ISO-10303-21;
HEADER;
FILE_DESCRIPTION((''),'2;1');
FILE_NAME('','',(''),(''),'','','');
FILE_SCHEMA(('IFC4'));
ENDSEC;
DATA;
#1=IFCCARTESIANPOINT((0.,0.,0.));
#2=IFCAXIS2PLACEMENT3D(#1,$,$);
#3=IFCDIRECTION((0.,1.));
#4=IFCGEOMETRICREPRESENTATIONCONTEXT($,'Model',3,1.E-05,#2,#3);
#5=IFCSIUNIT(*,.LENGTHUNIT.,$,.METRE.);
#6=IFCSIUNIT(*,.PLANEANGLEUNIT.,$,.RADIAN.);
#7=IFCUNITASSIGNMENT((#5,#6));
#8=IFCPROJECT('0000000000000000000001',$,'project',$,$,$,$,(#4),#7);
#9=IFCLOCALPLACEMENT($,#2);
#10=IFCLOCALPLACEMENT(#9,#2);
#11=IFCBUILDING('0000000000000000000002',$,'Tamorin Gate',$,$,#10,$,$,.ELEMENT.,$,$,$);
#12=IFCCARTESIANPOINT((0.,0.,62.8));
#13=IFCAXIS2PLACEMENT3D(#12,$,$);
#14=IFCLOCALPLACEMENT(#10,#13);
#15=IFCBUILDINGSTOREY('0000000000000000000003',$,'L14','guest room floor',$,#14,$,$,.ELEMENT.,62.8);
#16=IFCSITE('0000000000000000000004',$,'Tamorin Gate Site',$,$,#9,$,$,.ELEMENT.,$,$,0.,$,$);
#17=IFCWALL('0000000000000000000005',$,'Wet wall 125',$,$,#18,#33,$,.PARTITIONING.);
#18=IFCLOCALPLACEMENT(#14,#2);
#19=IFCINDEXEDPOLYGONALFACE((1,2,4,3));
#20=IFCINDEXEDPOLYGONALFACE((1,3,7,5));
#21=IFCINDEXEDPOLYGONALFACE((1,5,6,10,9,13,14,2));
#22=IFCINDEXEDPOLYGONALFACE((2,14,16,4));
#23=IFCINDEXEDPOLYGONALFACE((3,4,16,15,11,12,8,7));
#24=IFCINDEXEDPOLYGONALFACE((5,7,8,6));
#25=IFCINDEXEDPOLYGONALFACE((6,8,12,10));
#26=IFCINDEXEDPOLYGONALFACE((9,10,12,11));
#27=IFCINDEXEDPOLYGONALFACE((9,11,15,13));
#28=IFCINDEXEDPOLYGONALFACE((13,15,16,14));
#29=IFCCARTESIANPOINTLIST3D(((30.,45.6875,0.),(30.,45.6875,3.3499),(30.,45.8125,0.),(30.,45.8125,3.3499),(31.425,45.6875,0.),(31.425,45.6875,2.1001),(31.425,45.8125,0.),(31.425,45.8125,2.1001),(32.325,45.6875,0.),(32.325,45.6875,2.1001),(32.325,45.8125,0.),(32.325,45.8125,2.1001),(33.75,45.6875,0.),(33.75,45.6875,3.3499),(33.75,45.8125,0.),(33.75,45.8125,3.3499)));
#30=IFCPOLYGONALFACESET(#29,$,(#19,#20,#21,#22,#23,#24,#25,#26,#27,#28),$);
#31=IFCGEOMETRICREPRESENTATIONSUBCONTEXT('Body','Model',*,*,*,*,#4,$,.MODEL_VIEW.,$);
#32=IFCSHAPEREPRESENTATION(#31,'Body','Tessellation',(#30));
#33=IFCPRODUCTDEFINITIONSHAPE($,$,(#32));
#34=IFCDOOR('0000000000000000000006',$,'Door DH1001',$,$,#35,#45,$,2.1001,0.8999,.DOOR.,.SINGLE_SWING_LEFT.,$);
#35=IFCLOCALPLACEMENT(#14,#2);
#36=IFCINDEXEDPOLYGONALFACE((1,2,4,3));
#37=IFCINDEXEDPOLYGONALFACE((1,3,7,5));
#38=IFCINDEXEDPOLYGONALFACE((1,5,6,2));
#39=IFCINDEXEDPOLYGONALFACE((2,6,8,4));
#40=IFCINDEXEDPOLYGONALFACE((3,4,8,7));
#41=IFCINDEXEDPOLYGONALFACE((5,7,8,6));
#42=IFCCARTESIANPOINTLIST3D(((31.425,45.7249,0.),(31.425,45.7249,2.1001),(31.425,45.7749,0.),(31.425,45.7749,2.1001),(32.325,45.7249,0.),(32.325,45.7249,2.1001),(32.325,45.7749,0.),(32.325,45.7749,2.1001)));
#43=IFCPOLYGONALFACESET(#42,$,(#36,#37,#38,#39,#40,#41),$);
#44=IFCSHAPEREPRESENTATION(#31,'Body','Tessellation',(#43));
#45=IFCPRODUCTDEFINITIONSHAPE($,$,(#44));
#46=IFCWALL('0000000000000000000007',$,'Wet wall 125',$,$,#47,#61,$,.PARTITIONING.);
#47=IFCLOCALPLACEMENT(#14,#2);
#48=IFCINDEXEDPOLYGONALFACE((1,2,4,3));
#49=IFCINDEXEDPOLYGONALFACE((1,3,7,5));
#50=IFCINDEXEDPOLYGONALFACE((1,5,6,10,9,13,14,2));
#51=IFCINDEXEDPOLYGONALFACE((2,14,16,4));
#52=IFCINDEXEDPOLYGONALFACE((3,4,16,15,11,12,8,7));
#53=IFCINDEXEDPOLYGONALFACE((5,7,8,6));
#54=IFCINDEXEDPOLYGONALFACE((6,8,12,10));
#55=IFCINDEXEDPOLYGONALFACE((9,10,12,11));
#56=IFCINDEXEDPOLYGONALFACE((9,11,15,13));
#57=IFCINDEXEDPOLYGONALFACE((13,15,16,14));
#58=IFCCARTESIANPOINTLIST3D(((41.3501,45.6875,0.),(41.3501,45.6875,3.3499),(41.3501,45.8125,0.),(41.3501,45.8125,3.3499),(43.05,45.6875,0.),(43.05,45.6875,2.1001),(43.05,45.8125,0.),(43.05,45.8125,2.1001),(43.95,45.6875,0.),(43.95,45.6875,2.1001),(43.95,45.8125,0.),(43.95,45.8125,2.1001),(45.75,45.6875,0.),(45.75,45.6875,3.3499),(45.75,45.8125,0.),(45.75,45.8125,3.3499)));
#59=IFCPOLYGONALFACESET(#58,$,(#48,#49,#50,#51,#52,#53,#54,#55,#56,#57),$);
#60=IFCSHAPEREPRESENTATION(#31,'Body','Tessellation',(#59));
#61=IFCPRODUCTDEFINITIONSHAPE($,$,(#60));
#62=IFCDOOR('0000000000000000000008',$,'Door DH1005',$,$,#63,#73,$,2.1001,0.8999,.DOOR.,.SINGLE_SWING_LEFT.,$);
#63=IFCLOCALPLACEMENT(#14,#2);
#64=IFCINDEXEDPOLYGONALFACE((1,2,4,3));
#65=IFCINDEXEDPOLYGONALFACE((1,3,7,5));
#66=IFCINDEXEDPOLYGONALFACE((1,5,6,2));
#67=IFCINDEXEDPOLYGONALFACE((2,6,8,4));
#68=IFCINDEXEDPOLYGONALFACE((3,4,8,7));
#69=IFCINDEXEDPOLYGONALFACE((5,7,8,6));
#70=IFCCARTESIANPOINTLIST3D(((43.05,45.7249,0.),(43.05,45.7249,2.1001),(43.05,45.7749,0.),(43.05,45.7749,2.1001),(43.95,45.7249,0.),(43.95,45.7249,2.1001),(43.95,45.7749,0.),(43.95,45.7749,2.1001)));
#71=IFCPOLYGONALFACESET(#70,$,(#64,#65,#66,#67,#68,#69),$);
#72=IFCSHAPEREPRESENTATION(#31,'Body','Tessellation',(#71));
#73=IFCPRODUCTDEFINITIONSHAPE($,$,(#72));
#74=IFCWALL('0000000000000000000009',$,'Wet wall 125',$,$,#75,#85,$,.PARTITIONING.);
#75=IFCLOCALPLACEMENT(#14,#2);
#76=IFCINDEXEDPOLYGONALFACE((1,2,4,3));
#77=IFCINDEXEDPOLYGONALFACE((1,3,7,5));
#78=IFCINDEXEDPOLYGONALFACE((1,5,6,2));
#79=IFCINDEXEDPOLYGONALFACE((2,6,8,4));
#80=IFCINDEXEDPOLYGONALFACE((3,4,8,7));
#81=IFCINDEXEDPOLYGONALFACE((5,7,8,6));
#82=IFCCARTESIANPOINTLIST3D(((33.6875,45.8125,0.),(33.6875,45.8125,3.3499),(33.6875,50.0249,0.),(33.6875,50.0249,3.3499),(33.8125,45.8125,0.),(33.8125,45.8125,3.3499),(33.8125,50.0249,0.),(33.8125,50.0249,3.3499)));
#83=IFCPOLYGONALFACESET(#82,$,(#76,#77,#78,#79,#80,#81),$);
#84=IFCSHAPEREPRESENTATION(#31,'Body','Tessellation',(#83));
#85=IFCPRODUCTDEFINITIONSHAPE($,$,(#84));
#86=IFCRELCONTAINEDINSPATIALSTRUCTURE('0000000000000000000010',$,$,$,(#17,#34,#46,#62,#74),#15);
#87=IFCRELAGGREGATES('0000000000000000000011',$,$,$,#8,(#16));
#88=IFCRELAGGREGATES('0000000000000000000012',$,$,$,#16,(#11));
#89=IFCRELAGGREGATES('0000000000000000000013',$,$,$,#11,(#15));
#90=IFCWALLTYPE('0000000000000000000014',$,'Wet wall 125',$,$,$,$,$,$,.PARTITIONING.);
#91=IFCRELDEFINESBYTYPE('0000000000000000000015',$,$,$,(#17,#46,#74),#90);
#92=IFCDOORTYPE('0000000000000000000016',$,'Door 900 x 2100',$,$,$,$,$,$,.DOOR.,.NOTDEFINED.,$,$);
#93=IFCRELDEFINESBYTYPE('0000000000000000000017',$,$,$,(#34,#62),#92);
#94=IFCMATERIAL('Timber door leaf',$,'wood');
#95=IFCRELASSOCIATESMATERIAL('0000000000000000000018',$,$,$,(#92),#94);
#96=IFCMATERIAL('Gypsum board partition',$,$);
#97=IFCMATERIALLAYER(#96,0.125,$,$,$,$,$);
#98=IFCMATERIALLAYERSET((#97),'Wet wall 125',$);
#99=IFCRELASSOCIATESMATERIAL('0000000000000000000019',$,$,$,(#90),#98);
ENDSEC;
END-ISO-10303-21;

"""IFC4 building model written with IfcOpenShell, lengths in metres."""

from ifc_helpers import new_model, si_unit, direction, frame, frame_2d, origin, place, context, subcontext, project, spatial, rectangle, extrude, material, layer, layer_set, type_object, element, fill, save


model = new_model("IFC4")

# Units and contexts
model_context = context("Model", 3, precision=1e-05, world=origin(), true_north=direction((0.0, 1.0)))
body_context = subcontext(model_context, "Body", "Model", "MODEL_VIEW")
ifc_project = project(units=[si_unit("LENGTHUNIT", "METRE"), si_unit("PLANEANGLEUNIT", "RADIAN")], contexts=[model_context])

# Site, building, storey
site_placement = place(None, origin())
site = spatial("IfcSite", under=ifc_project, at=site_placement, Name="Tamorin Gate Site", CompositionType="ELEMENT", RefElevation=0.0)
building_placement = place(site_placement, origin())
building = spatial("IfcBuilding", under=site, at=building_placement, Name="Tamorin Gate", CompositionType="ELEMENT")
storey_placement = place(building_placement, frame((0.0, 0.0, 62.8)))
storey = spatial("IfcBuildingStorey", under=building, at=storey_placement, Name="L14", Description="guest room floor", CompositionType="ELEMENT", Elevation=62.8)

# Shared definitions
ifc_material_1 = material(Name="Gypsum board partition")
ifc_material_2 = material(Name="Timber door leaf", Category="wood")

# Walls, openings, doors
door_type_1 = type_object("IfcDoorType", Name="Door 900 x 2100", OperationType="NOTDEFINED", PredefinedType="DOOR", material=ifc_material_2)
ifc_layer_1 = layer(ifc_material_1, 0.125)
ifc_layer_set_1 = layer_set([ifc_layer_1], Name="Wet wall 125")
wall_type_1 = type_object("IfcWallType", Name="Wet wall 125", PredefinedType="PARTITIONING", material=ifc_layer_set_1)
wall_1_placement = place(storey_placement, frame((30.0, 45.75, 0.0), z_axis=(0.0, 0.0, 1.0), x_axis=(1.0, 0.0, 0.0)))
wall_1 = element("IfcWall", 1, at=wall_1_placement, inside=storey, type_object=wall_type_1, Name="Wet wall 125", PredefinedType="PARTITIONING", context=body_context, shape_type="SweptSolid", body=[
    extrude(rectangle(XDim=3.75, YDim=0.125, at=frame_2d((1.875, 0.0))), origin(), (0.0, 0.0, 1.0), 3.3499),
])
opening_1_placement = place(wall_1_placement, frame((1.425, 0.0, 0.0)))
opening_1 = element("IfcOpeningElement", 2, at=opening_1_placement, cuts=wall_1, PredefinedType="OPENING", context=body_context, shape_type="SweptSolid", body=[
    extrude(rectangle(XDim=0.8999, YDim=2.1001, at=frame_2d((0.45, 1.05))), frame((0.0, 0.0725, 0.0), z_axis=(0.0, -1.0, 0.0), x_axis=(1.0, 0.0, 0.0)), (0.0, 0.0, 1.0), 0.145),
])
door_1_placement = place(opening_1_placement, origin())
door_1 = element("IfcDoor", 3, at=door_1_placement, inside=storey, type_object=door_type_1, Name="Door DH1001", OperationType="SINGLE_SWING_LEFT", OverallHeight=2.1001, OverallWidth=0.8999, PredefinedType="DOOR", context=body_context, shape_type="SweptSolid", body=[
    extrude(rectangle(XDim=0.8999, YDim=2.1001, at=frame_2d((0.45, 1.05))), frame((0.0, 0.0249, 0.0), z_axis=(0.0, -1.0, 0.0), x_axis=(1.0, 0.0, 0.0)), (0.0, 0.0, 1.0), 0.05),
])
fill(opening_1, door_1)
wall_2_placement = place(storey_placement, frame((41.3501, 45.75, 0.0), z_axis=(0.0, 0.0, 1.0), x_axis=(1.0, 0.0, 0.0)))
wall_2 = element("IfcWall", 4, at=wall_2_placement, inside=storey, type_object=wall_type_1, Name="Wet wall 125", PredefinedType="PARTITIONING", context=body_context, shape_type="SweptSolid", body=[
    extrude(rectangle(XDim=4.3999, YDim=0.125, at=frame_2d((2.2, 0.0))), origin(), (0.0, 0.0, 1.0), 3.3499),
])
opening_2_placement = place(wall_2_placement, frame((1.7, 0.0, 0.0)))
opening_2 = element("IfcOpeningElement", 5, at=opening_2_placement, cuts=wall_2, PredefinedType="OPENING", context=body_context, shape_type="SweptSolid", body=[
    extrude(rectangle(XDim=0.8999, YDim=2.1001, at=frame_2d((0.45, 1.05))), frame((0.0, 0.0725, 0.0), z_axis=(0.0, -1.0, 0.0), x_axis=(1.0, 0.0, 0.0)), (0.0, 0.0, 1.0), 0.145),
])
door_2_placement = place(opening_2_placement, origin())
door_2 = element("IfcDoor", 6, at=door_2_placement, inside=storey, type_object=door_type_1, Name="Door DH1005", OperationType="SINGLE_SWING_LEFT", OverallHeight=2.1001, OverallWidth=0.8999, PredefinedType="DOOR", context=body_context, shape_type="SweptSolid", body=[
    extrude(rectangle(XDim=0.8999, YDim=2.1001, at=frame_2d((0.45, 1.05))), frame((0.0, 0.0249, 0.0), z_axis=(0.0, -1.0, 0.0), x_axis=(1.0, 0.0, 0.0)), (0.0, 0.0, 1.0), 0.05),
])
fill(opening_2, door_2)

# Wall
wall_3_placement = place(storey_placement, frame((33.75, 45.8125, 0.0), z_axis=(0.0, 0.0, 1.0), x_axis=(0.0, 1.0, 0.0)))
element("IfcWall", 7, at=wall_3_placement, inside=storey, type_object=wall_type_1, Name="Wet wall 125", PredefinedType="PARTITIONING", context=body_context, shape_type="SweptSolid", body=[
    extrude(rectangle(XDim=4.2124, YDim=0.125, at=frame_2d((2.1062, 0.0))), origin(), (0.0, 0.0, 1.0), 3.3499),
])

save(model, "model.ifc")
